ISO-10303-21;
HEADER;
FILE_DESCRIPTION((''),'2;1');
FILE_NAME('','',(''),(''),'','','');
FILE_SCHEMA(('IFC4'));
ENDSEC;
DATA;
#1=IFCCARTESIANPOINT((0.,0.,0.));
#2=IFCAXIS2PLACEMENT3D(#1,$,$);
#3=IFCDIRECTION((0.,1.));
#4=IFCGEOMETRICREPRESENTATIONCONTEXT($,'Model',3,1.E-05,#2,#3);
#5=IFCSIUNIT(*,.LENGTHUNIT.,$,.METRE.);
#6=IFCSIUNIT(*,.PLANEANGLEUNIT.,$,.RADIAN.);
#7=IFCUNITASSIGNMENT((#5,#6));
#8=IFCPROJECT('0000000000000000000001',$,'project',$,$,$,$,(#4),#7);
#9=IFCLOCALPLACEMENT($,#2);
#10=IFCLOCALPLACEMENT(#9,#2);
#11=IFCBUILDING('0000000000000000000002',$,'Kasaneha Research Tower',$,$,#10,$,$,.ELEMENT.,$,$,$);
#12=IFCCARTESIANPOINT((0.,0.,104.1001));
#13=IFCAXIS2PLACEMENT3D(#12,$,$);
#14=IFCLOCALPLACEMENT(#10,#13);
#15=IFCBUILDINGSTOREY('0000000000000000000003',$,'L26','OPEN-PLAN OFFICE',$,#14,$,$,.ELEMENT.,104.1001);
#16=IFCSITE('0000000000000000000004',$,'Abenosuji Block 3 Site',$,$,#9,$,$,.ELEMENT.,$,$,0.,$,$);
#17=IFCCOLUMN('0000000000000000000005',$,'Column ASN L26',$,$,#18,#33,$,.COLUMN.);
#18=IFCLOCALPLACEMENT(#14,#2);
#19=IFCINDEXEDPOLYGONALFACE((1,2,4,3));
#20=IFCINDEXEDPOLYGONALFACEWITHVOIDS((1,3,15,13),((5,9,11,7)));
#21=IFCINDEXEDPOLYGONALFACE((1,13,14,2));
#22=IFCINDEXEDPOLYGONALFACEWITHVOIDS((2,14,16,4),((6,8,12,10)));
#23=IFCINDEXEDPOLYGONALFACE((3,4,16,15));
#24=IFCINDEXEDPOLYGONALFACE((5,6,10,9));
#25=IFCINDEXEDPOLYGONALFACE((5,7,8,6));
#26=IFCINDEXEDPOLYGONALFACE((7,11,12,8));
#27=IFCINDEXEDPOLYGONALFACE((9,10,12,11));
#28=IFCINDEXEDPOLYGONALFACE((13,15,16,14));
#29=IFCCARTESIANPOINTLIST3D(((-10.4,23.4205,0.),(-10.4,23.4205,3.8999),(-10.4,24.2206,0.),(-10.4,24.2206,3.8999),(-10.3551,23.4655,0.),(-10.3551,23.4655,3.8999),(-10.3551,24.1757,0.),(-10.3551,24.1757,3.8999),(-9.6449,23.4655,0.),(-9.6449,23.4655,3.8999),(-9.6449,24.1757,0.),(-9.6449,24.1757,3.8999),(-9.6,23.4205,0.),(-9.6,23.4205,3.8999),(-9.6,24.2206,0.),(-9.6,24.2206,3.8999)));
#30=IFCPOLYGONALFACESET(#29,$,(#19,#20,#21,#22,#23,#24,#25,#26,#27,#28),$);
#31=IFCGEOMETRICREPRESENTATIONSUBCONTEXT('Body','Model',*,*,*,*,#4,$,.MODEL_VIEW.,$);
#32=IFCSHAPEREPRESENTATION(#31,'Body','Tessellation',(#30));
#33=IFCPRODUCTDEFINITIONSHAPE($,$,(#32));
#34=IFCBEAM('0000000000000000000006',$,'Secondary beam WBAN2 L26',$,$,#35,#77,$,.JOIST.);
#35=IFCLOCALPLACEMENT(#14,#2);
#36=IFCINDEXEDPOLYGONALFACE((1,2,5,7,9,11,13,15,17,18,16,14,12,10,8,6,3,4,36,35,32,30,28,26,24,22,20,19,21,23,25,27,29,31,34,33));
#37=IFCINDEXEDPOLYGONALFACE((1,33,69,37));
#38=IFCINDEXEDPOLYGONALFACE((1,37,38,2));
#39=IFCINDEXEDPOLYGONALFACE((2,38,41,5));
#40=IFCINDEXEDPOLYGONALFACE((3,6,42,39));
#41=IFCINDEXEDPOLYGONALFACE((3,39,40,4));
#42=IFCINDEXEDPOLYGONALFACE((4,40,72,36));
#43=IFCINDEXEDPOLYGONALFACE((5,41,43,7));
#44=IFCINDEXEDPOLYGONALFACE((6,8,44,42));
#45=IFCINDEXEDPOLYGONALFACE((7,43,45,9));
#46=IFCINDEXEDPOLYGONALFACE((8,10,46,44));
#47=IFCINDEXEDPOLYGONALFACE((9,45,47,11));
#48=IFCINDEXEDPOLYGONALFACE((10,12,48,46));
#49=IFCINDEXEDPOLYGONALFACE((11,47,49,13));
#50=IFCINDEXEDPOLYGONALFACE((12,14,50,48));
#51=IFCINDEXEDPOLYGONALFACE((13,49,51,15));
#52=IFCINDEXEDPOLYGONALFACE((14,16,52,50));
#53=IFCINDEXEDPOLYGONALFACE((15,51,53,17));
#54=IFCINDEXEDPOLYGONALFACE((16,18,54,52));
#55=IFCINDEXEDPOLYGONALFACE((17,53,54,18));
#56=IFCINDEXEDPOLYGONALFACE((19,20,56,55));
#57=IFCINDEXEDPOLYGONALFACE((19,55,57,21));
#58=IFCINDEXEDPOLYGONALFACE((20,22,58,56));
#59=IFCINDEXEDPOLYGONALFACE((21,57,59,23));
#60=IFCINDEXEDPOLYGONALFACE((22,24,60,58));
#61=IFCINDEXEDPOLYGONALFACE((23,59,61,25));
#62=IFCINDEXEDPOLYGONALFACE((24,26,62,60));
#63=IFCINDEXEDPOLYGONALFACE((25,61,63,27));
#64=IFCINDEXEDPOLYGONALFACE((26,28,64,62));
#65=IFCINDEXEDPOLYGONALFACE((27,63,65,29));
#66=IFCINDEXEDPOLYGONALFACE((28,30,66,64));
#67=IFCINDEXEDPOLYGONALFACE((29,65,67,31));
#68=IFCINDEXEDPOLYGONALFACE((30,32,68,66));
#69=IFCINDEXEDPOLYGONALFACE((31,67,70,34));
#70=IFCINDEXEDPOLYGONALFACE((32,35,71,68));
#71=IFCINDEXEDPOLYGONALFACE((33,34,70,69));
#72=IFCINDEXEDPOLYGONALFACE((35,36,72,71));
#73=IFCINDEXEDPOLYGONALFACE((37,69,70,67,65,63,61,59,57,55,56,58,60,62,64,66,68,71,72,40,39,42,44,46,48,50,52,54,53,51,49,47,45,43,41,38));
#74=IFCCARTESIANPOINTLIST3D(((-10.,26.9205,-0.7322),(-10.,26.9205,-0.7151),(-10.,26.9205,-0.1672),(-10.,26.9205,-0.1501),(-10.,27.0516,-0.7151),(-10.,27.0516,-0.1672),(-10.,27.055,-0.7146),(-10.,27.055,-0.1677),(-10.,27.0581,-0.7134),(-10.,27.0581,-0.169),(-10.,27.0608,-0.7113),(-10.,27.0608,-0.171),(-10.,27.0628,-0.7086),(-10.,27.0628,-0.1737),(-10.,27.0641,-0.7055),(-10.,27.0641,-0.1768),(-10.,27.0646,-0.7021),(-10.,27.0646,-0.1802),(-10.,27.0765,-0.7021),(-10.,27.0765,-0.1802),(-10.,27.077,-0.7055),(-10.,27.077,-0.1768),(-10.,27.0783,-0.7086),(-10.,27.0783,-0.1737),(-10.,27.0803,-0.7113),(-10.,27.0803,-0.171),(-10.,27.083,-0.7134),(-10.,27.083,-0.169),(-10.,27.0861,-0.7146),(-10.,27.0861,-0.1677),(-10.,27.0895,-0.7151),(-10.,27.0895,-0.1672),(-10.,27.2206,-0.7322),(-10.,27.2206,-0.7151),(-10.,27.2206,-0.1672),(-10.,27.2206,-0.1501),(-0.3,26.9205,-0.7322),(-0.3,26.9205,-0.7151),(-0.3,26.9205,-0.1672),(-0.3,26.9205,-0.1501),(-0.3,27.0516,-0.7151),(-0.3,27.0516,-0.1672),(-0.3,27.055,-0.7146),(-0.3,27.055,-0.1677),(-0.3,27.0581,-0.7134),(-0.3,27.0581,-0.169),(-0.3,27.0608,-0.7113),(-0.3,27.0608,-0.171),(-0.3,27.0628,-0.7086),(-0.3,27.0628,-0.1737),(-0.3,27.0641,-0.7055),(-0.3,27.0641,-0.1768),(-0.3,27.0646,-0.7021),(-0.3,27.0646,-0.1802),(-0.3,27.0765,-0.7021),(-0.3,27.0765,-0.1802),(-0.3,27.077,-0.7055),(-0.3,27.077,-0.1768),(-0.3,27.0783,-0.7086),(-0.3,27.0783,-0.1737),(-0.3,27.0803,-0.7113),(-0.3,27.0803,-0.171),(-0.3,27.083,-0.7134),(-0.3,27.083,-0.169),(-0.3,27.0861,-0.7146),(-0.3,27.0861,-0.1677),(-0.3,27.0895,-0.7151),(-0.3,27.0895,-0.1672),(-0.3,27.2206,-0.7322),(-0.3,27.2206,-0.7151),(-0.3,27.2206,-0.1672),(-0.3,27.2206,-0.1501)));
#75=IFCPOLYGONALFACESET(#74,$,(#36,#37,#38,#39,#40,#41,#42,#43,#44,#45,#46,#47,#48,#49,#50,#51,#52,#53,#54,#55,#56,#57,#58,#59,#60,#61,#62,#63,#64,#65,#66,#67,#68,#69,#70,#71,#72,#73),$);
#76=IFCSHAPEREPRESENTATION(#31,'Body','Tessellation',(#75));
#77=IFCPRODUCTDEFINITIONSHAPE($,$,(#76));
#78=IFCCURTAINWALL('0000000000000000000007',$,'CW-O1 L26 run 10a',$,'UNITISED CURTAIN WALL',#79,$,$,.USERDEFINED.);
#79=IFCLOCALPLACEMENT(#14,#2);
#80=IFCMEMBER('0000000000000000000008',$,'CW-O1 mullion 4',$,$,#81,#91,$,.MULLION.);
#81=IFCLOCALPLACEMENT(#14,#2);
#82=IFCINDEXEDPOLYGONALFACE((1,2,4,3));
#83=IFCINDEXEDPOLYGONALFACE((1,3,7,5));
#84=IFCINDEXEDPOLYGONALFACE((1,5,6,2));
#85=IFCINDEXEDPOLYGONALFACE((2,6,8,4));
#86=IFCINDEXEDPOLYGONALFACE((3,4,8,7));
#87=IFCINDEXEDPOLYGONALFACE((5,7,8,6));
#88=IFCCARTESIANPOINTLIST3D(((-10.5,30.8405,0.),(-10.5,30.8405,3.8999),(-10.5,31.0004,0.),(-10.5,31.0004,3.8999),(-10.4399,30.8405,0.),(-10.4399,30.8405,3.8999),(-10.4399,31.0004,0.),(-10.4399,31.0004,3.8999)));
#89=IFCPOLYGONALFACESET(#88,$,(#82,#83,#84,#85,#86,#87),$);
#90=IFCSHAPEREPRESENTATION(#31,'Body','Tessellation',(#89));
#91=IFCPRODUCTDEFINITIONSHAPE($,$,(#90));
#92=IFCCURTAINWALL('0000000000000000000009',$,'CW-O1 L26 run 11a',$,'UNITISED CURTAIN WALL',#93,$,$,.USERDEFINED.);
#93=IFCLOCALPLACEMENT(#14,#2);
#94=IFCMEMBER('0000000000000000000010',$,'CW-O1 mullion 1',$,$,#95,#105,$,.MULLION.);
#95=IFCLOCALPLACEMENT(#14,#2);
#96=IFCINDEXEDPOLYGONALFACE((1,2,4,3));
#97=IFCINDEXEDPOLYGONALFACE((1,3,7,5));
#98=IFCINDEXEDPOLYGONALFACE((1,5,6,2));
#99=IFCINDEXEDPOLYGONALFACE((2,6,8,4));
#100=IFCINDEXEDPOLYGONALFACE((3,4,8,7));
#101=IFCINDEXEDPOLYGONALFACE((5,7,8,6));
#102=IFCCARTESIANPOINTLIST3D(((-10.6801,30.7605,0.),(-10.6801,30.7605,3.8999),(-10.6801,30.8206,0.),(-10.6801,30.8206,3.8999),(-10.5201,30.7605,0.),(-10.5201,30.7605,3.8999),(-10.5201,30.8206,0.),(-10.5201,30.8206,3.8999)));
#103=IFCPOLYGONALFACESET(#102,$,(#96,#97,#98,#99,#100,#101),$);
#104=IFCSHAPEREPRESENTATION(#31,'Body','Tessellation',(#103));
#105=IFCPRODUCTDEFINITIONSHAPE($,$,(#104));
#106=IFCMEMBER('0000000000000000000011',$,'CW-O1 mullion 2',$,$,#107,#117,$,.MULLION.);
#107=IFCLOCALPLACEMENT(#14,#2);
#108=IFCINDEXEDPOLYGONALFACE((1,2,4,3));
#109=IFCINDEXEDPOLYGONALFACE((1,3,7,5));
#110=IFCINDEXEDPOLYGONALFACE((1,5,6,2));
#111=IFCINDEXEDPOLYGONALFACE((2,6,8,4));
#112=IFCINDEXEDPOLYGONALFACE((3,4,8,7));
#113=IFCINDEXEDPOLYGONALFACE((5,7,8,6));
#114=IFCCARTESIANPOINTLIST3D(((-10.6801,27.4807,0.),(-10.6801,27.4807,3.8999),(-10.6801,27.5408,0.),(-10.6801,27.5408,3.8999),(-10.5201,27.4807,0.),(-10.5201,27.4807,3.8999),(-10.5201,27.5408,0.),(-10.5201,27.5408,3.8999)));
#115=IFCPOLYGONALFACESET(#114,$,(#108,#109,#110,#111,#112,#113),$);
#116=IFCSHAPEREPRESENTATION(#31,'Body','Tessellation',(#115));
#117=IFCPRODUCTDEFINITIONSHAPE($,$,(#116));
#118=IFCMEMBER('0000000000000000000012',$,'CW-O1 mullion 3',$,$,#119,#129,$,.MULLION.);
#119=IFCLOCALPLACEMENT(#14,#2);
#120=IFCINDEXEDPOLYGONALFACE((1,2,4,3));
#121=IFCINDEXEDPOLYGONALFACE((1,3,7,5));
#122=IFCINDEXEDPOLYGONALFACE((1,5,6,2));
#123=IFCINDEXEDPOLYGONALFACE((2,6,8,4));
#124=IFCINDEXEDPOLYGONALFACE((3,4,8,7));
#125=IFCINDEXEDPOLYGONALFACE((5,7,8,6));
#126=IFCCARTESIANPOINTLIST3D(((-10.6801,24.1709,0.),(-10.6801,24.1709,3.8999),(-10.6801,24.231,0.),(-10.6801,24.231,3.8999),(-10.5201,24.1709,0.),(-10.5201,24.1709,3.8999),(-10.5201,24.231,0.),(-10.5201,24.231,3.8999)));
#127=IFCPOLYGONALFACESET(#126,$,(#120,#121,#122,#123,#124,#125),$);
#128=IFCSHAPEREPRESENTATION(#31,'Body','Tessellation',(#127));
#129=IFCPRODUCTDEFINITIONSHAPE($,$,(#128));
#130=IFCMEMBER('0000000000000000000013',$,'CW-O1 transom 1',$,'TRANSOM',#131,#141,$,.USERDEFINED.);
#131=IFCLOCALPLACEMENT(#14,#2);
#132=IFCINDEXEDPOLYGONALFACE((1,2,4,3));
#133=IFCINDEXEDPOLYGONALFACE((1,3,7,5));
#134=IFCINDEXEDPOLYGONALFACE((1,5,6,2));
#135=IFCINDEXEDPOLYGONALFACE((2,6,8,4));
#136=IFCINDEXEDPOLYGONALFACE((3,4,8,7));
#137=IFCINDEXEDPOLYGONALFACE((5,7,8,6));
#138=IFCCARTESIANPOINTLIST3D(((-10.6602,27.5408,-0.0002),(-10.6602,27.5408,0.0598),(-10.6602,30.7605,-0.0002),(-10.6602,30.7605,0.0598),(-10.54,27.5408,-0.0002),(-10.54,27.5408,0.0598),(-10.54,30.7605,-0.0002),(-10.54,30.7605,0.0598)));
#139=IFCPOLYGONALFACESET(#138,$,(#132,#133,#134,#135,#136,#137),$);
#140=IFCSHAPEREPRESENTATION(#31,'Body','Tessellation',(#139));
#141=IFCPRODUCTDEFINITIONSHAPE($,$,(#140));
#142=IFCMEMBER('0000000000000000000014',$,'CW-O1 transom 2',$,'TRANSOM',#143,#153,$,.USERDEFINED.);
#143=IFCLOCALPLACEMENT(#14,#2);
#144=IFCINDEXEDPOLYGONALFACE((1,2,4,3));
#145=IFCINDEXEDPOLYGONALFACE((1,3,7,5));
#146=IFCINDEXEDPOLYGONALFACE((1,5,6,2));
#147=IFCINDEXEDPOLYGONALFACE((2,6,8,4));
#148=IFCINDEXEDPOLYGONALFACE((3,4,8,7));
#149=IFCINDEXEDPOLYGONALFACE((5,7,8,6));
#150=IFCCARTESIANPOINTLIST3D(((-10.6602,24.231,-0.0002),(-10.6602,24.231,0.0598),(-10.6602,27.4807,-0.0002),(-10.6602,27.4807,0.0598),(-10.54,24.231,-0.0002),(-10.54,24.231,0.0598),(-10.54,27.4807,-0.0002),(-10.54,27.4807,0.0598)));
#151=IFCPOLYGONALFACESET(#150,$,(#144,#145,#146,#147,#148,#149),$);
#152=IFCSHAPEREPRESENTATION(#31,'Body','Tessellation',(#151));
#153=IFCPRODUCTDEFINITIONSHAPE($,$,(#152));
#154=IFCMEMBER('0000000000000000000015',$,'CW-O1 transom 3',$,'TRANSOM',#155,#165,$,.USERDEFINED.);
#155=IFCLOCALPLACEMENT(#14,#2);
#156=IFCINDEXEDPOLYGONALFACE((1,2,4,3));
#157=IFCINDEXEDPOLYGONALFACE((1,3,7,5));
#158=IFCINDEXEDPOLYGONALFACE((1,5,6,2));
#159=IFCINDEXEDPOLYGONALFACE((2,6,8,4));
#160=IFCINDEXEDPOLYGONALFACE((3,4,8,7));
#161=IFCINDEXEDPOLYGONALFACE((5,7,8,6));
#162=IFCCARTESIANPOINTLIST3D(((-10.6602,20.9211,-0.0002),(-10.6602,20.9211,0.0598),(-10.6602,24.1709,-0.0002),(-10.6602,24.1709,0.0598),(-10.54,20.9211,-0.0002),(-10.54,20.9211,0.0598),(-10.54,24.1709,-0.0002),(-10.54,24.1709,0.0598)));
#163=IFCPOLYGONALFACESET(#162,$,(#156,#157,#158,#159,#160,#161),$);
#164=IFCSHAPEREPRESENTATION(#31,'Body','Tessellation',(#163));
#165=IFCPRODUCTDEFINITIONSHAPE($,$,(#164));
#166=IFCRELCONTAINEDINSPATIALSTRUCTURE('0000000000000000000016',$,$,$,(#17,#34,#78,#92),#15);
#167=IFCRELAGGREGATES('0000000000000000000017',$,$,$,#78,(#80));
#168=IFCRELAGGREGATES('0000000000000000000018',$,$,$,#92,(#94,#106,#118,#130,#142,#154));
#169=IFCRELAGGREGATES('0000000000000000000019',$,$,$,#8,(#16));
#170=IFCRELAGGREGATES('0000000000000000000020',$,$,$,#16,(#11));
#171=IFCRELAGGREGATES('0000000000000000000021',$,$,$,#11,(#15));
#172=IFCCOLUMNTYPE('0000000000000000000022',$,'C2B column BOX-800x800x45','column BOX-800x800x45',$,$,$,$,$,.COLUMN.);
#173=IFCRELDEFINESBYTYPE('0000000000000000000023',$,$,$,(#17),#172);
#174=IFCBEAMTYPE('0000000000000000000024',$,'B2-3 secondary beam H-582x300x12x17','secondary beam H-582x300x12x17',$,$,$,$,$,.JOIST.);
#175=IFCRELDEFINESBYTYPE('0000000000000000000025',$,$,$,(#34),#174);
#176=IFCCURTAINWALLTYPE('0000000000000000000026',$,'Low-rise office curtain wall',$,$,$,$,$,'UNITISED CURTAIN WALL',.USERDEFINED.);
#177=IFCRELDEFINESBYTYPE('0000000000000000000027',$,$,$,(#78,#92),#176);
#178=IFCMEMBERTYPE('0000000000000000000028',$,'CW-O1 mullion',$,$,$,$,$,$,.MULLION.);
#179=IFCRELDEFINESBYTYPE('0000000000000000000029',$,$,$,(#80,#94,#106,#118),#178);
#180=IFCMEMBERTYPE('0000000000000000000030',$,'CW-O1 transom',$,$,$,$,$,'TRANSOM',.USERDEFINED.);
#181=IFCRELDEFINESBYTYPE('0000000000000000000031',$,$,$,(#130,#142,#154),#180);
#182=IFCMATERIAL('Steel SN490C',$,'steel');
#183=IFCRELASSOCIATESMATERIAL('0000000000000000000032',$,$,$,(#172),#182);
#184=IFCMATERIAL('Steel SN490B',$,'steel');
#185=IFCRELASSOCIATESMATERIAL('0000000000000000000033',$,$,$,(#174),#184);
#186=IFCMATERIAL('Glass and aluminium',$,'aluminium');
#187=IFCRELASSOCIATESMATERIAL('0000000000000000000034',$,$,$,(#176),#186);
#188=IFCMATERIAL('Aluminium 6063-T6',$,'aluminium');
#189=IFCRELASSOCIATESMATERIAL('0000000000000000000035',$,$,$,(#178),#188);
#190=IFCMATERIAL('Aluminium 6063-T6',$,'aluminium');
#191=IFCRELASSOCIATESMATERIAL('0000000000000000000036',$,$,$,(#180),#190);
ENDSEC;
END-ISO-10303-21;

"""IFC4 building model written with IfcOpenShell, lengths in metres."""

from ifc_helpers import new_model, si_unit, direction, frame, origin, origin_2d, place, context, subcontext, project, spatial, rectangle, hollow_rectangle, i_section, extrude, material, material_profile, profile_set, type_object, element, aggregate, save


model = new_model("IFC4")

# Units and contexts
model_context = context("Model", 3, precision=1e-05, world=origin(), true_north=direction((0.0, 1.0)))
body_context = subcontext(model_context, "Body", "Model", "MODEL_VIEW")
ifc_project = project(units=[si_unit("LENGTHUNIT", "METRE"), si_unit("PLANEANGLEUNIT", "RADIAN")], contexts=[model_context])

# Site, building, storey
site_placement = place(None, origin())
site = spatial("IfcSite", under=ifc_project, at=site_placement, Name="Abenosuji Block 3 Site", CompositionType="ELEMENT", RefElevation=0.0)
building_placement = place(site_placement, origin())
building = spatial("IfcBuilding", under=site, at=building_placement, Name="Kasaneha Research Tower", CompositionType="ELEMENT")
storey_placement = place(building_placement, frame((0.0, 0.0, 104.1001)))
storey = spatial("IfcBuildingStorey", under=building, at=storey_placement, Name="L26", Description="OPEN-PLAN OFFICE", CompositionType="ELEMENT", Elevation=104.1001)

# Column
ifc_material_1 = material(Name="Steel SN490C", Category="steel")
ifc_material_profile_1 = material_profile(ifc_material_1, hollow_rectangle(XDim=0.8, YDim=0.8, WallThickness=0.0449, at=origin_2d()), Name="BOX-800x800x45")
ifc_profile_set_1 = profile_set([ifc_material_profile_1], Name="Steel SN490C")
column_type = type_object("IfcColumnType", Name="C2B column BOX-800x800x45", Description="column BOX-800x800x45", PredefinedType="COLUMN", material=ifc_profile_set_1)
column_placement = place(storey_placement, frame((-10.0, 23.8206, 0.0), z_axis=(0.0, 0.0, 1.0), x_axis=(1.0, 0.0, 0.0)))
element("IfcColumn", 1, at=column_placement, inside=storey, type_object=column_type, Name="Column ASN L26", PredefinedType="COLUMN", context=body_context, shape_type="SweptSolid", body=[
    extrude(hollow_rectangle(XDim=0.8, YDim=0.8, WallThickness=0.0449, at=origin_2d()), origin(), (0.0, 0.0, 1.0), 3.8999),
])

# Beam
ifc_material_2 = material(Name="Steel SN490B", Category="steel")
ifc_material_profile_2 = material_profile(ifc_material_2, i_section(OverallWidth=0.3, OverallDepth=0.582, WebThickness=0.012, FlangeThickness=0.0171, FilletRadius=0.0129, at=origin_2d()), Name="H-582x300x12x17")
ifc_profile_set_2 = profile_set([ifc_material_profile_2], Name="Steel SN490B")
beam_type_1 = type_object("IfcBeamType", Name="B2-3 secondary beam H-582x300x12x17", Description="secondary beam H-582x300x12x17", PredefinedType="JOIST", material=ifc_profile_set_2)
beam_1_placement = place(storey_placement, frame((-10.0, 27.0706, -0.4412), z_axis=(1.0, 0.0, 0.0), x_axis=(0.0, 1.0, 0.0)))
element("IfcBeam", 2, at=beam_1_placement, inside=storey, type_object=beam_type_1, Name="Secondary beam WBAN2 L26", PredefinedType="JOIST", context=body_context, shape_type="SweptSolid", body=[
    extrude(i_section(OverallWidth=0.3, OverallDepth=0.582, WebThickness=0.012, FlangeThickness=0.0171, FilletRadius=0.0129, at=origin_2d()), origin(), (0.0, 0.0, 1.0), 9.7),
])

# Curtain wall, member
ifc_material_3 = material(Name="Glass and aluminium", Category="aluminium")
curtain_wall_type = type_object("IfcCurtainWallType", Name="Low-rise office curtain wall", ElementType="UNITISED CURTAIN WALL", PredefinedType="USERDEFINED", material=ifc_material_3)
curtain_wall_1_placement = place(storey_placement, origin())
curtain_wall_1 = element("IfcCurtainWall", 3, at=curtain_wall_1_placement, inside=storey, type_object=curtain_wall_type, Name="CW-O1 L26 run 10a", ObjectType="UNITISED CURTAIN WALL", PredefinedType="USERDEFINED")
ifc_material_4 = material(Name="Aluminium 6063-T6", Category="aluminium")
ifc_material_profile_3 = material_profile(ifc_material_4, rectangle(XDim=0.0601, YDim=0.1599, at=origin_2d()), Name="CW-O1 mullion 60x160")
ifc_profile_set_3 = profile_set([ifc_material_profile_3], Name="Aluminium 6063-T6")
member_type_1 = type_object("IfcMemberType", Name="CW-O1 mullion", PredefinedType="MULLION", material=ifc_profile_set_3)
member_1_placement = place(storey_placement, frame((-10.47, 30.9204, 0.0), z_axis=(0.0, 0.0, 1.0), x_axis=(-1.0, 0.0, 0.0)))
member_1 = element("IfcMember", 4, at=member_1_placement, type_object=member_type_1, Name="CW-O1 mullion 4", PredefinedType="MULLION", context=body_context, shape_type="SweptSolid", body=[
    extrude(rectangle(XDim=0.0601, YDim=0.1599, at=origin_2d()), origin(), (0.0, 0.0, 1.0), 3.8999),
])
aggregate(curtain_wall_1, [member_1])

# Curtain wall, members
curtain_wall_2_placement = place(storey_placement, origin())
curtain_wall_2 = element("IfcCurtainWall", 5, at=curtain_wall_2_placement, inside=storey, type_object=curtain_wall_type, Name="CW-O1 L26 run 11a", ObjectType="UNITISED CURTAIN WALL", PredefinedType="USERDEFINED")
member_2_placement = place(storey_placement, frame((-10.6001, 30.7905, 0.0), z_axis=(0.0, 0.0, 1.0), x_axis=(0.0, -1.0, 0.0)))
member_2 = element("IfcMember", 6, at=member_2_placement, type_object=member_type_1, Name="CW-O1 mullion 1", PredefinedType="MULLION", context=body_context, shape_type="SweptSolid", body=[
    extrude(rectangle(XDim=0.0601, YDim=0.1599, at=origin_2d()), origin(), (0.0, 0.0, 1.0), 3.8999),
])
member_3_placement = place(storey_placement, frame((-10.6001, 27.5107, 0.0), z_axis=(0.0, 0.0, 1.0), x_axis=(0.0, -1.0, 0.0)))
member_3 = element("IfcMember", 7, at=member_3_placement, type_object=member_type_1, Name="CW-O1 mullion 2", PredefinedType="MULLION", context=body_context, shape_type="SweptSolid", body=[
    extrude(rectangle(XDim=0.0601, YDim=0.1599, at=origin_2d()), origin(), (0.0, 0.0, 1.0), 3.8999),
])
member_4_placement = place(storey_placement, frame((-10.6001, 24.2009, 0.0), z_axis=(0.0, 0.0, 1.0), x_axis=(0.0, -1.0, 0.0)))
member_4 = element("IfcMember", 8, at=member_4_placement, type_object=member_type_1, Name="CW-O1 mullion 3", PredefinedType="MULLION", context=body_context, shape_type="SweptSolid", body=[
    extrude(rectangle(XDim=0.0601, YDim=0.1599, at=origin_2d()), origin(), (0.0, 0.0, 1.0), 3.8999),
])
ifc_material_5 = material(Name="Aluminium 6063-T6", Category="aluminium")
ifc_material_profile_4 = material_profile(ifc_material_5, rectangle(XDim=0.1201, YDim=0.0601, at=origin_2d()), Name="CW-O1 transom 120x60")
ifc_profile_set_4 = profile_set([ifc_material_profile_4], Name="Aluminium 6063-T6")
member_type_2 = type_object("IfcMemberType", Name="CW-O1 transom", ElementType="TRANSOM", PredefinedType="USERDEFINED", material=ifc_profile_set_4)
member_5_placement = place(storey_placement, frame((-10.6001, 30.7605, 0.0298), z_axis=(0.0, -1.0, 0.0), x_axis=(1.0, 0.0, 0.0)))
member_5 = element("IfcMember", 9, at=member_5_placement, type_object=member_type_2, Name="CW-O1 transom 1", ObjectType="TRANSOM", PredefinedType="USERDEFINED", context=body_context, shape_type="SweptSolid", body=[
    extrude(rectangle(XDim=0.1201, YDim=0.0601, at=origin_2d()), origin(), (0.0, 0.0, 1.0), 3.2197),
])
member_6_placement = place(storey_placement, frame((-10.6001, 27.4807, 0.0298), z_axis=(0.0, -1.0, 0.0), x_axis=(1.0, 0.0, 0.0)))
member_6 = element("IfcMember", 10, at=member_6_placement, type_object=member_type_2, Name="CW-O1 transom 2", ObjectType="TRANSOM", PredefinedType="USERDEFINED", context=body_context, shape_type="SweptSolid", body=[
    extrude(rectangle(XDim=0.1201, YDim=0.0601, at=origin_2d()), origin(), (0.0, 0.0, 1.0), 3.2498),
])
member_7_placement = place(storey_placement, frame((-10.6001, 24.1709, 0.0298), z_axis=(0.0, -1.0, 0.0), x_axis=(1.0, 0.0, 0.0)))
member_7 = element("IfcMember", 11, at=member_7_placement, type_object=member_type_2, Name="CW-O1 transom 3", ObjectType="TRANSOM", PredefinedType="USERDEFINED", context=body_context, shape_type="SweptSolid", body=[
    extrude(rectangle(XDim=0.1201, YDim=0.0601, at=origin_2d()), origin(), (0.0, 0.0, 1.0), 3.2498),
])

aggregate(curtain_wall_2, [member_2, member_3, member_4, member_5, member_6, member_7])

save(model, "model.ifc")
